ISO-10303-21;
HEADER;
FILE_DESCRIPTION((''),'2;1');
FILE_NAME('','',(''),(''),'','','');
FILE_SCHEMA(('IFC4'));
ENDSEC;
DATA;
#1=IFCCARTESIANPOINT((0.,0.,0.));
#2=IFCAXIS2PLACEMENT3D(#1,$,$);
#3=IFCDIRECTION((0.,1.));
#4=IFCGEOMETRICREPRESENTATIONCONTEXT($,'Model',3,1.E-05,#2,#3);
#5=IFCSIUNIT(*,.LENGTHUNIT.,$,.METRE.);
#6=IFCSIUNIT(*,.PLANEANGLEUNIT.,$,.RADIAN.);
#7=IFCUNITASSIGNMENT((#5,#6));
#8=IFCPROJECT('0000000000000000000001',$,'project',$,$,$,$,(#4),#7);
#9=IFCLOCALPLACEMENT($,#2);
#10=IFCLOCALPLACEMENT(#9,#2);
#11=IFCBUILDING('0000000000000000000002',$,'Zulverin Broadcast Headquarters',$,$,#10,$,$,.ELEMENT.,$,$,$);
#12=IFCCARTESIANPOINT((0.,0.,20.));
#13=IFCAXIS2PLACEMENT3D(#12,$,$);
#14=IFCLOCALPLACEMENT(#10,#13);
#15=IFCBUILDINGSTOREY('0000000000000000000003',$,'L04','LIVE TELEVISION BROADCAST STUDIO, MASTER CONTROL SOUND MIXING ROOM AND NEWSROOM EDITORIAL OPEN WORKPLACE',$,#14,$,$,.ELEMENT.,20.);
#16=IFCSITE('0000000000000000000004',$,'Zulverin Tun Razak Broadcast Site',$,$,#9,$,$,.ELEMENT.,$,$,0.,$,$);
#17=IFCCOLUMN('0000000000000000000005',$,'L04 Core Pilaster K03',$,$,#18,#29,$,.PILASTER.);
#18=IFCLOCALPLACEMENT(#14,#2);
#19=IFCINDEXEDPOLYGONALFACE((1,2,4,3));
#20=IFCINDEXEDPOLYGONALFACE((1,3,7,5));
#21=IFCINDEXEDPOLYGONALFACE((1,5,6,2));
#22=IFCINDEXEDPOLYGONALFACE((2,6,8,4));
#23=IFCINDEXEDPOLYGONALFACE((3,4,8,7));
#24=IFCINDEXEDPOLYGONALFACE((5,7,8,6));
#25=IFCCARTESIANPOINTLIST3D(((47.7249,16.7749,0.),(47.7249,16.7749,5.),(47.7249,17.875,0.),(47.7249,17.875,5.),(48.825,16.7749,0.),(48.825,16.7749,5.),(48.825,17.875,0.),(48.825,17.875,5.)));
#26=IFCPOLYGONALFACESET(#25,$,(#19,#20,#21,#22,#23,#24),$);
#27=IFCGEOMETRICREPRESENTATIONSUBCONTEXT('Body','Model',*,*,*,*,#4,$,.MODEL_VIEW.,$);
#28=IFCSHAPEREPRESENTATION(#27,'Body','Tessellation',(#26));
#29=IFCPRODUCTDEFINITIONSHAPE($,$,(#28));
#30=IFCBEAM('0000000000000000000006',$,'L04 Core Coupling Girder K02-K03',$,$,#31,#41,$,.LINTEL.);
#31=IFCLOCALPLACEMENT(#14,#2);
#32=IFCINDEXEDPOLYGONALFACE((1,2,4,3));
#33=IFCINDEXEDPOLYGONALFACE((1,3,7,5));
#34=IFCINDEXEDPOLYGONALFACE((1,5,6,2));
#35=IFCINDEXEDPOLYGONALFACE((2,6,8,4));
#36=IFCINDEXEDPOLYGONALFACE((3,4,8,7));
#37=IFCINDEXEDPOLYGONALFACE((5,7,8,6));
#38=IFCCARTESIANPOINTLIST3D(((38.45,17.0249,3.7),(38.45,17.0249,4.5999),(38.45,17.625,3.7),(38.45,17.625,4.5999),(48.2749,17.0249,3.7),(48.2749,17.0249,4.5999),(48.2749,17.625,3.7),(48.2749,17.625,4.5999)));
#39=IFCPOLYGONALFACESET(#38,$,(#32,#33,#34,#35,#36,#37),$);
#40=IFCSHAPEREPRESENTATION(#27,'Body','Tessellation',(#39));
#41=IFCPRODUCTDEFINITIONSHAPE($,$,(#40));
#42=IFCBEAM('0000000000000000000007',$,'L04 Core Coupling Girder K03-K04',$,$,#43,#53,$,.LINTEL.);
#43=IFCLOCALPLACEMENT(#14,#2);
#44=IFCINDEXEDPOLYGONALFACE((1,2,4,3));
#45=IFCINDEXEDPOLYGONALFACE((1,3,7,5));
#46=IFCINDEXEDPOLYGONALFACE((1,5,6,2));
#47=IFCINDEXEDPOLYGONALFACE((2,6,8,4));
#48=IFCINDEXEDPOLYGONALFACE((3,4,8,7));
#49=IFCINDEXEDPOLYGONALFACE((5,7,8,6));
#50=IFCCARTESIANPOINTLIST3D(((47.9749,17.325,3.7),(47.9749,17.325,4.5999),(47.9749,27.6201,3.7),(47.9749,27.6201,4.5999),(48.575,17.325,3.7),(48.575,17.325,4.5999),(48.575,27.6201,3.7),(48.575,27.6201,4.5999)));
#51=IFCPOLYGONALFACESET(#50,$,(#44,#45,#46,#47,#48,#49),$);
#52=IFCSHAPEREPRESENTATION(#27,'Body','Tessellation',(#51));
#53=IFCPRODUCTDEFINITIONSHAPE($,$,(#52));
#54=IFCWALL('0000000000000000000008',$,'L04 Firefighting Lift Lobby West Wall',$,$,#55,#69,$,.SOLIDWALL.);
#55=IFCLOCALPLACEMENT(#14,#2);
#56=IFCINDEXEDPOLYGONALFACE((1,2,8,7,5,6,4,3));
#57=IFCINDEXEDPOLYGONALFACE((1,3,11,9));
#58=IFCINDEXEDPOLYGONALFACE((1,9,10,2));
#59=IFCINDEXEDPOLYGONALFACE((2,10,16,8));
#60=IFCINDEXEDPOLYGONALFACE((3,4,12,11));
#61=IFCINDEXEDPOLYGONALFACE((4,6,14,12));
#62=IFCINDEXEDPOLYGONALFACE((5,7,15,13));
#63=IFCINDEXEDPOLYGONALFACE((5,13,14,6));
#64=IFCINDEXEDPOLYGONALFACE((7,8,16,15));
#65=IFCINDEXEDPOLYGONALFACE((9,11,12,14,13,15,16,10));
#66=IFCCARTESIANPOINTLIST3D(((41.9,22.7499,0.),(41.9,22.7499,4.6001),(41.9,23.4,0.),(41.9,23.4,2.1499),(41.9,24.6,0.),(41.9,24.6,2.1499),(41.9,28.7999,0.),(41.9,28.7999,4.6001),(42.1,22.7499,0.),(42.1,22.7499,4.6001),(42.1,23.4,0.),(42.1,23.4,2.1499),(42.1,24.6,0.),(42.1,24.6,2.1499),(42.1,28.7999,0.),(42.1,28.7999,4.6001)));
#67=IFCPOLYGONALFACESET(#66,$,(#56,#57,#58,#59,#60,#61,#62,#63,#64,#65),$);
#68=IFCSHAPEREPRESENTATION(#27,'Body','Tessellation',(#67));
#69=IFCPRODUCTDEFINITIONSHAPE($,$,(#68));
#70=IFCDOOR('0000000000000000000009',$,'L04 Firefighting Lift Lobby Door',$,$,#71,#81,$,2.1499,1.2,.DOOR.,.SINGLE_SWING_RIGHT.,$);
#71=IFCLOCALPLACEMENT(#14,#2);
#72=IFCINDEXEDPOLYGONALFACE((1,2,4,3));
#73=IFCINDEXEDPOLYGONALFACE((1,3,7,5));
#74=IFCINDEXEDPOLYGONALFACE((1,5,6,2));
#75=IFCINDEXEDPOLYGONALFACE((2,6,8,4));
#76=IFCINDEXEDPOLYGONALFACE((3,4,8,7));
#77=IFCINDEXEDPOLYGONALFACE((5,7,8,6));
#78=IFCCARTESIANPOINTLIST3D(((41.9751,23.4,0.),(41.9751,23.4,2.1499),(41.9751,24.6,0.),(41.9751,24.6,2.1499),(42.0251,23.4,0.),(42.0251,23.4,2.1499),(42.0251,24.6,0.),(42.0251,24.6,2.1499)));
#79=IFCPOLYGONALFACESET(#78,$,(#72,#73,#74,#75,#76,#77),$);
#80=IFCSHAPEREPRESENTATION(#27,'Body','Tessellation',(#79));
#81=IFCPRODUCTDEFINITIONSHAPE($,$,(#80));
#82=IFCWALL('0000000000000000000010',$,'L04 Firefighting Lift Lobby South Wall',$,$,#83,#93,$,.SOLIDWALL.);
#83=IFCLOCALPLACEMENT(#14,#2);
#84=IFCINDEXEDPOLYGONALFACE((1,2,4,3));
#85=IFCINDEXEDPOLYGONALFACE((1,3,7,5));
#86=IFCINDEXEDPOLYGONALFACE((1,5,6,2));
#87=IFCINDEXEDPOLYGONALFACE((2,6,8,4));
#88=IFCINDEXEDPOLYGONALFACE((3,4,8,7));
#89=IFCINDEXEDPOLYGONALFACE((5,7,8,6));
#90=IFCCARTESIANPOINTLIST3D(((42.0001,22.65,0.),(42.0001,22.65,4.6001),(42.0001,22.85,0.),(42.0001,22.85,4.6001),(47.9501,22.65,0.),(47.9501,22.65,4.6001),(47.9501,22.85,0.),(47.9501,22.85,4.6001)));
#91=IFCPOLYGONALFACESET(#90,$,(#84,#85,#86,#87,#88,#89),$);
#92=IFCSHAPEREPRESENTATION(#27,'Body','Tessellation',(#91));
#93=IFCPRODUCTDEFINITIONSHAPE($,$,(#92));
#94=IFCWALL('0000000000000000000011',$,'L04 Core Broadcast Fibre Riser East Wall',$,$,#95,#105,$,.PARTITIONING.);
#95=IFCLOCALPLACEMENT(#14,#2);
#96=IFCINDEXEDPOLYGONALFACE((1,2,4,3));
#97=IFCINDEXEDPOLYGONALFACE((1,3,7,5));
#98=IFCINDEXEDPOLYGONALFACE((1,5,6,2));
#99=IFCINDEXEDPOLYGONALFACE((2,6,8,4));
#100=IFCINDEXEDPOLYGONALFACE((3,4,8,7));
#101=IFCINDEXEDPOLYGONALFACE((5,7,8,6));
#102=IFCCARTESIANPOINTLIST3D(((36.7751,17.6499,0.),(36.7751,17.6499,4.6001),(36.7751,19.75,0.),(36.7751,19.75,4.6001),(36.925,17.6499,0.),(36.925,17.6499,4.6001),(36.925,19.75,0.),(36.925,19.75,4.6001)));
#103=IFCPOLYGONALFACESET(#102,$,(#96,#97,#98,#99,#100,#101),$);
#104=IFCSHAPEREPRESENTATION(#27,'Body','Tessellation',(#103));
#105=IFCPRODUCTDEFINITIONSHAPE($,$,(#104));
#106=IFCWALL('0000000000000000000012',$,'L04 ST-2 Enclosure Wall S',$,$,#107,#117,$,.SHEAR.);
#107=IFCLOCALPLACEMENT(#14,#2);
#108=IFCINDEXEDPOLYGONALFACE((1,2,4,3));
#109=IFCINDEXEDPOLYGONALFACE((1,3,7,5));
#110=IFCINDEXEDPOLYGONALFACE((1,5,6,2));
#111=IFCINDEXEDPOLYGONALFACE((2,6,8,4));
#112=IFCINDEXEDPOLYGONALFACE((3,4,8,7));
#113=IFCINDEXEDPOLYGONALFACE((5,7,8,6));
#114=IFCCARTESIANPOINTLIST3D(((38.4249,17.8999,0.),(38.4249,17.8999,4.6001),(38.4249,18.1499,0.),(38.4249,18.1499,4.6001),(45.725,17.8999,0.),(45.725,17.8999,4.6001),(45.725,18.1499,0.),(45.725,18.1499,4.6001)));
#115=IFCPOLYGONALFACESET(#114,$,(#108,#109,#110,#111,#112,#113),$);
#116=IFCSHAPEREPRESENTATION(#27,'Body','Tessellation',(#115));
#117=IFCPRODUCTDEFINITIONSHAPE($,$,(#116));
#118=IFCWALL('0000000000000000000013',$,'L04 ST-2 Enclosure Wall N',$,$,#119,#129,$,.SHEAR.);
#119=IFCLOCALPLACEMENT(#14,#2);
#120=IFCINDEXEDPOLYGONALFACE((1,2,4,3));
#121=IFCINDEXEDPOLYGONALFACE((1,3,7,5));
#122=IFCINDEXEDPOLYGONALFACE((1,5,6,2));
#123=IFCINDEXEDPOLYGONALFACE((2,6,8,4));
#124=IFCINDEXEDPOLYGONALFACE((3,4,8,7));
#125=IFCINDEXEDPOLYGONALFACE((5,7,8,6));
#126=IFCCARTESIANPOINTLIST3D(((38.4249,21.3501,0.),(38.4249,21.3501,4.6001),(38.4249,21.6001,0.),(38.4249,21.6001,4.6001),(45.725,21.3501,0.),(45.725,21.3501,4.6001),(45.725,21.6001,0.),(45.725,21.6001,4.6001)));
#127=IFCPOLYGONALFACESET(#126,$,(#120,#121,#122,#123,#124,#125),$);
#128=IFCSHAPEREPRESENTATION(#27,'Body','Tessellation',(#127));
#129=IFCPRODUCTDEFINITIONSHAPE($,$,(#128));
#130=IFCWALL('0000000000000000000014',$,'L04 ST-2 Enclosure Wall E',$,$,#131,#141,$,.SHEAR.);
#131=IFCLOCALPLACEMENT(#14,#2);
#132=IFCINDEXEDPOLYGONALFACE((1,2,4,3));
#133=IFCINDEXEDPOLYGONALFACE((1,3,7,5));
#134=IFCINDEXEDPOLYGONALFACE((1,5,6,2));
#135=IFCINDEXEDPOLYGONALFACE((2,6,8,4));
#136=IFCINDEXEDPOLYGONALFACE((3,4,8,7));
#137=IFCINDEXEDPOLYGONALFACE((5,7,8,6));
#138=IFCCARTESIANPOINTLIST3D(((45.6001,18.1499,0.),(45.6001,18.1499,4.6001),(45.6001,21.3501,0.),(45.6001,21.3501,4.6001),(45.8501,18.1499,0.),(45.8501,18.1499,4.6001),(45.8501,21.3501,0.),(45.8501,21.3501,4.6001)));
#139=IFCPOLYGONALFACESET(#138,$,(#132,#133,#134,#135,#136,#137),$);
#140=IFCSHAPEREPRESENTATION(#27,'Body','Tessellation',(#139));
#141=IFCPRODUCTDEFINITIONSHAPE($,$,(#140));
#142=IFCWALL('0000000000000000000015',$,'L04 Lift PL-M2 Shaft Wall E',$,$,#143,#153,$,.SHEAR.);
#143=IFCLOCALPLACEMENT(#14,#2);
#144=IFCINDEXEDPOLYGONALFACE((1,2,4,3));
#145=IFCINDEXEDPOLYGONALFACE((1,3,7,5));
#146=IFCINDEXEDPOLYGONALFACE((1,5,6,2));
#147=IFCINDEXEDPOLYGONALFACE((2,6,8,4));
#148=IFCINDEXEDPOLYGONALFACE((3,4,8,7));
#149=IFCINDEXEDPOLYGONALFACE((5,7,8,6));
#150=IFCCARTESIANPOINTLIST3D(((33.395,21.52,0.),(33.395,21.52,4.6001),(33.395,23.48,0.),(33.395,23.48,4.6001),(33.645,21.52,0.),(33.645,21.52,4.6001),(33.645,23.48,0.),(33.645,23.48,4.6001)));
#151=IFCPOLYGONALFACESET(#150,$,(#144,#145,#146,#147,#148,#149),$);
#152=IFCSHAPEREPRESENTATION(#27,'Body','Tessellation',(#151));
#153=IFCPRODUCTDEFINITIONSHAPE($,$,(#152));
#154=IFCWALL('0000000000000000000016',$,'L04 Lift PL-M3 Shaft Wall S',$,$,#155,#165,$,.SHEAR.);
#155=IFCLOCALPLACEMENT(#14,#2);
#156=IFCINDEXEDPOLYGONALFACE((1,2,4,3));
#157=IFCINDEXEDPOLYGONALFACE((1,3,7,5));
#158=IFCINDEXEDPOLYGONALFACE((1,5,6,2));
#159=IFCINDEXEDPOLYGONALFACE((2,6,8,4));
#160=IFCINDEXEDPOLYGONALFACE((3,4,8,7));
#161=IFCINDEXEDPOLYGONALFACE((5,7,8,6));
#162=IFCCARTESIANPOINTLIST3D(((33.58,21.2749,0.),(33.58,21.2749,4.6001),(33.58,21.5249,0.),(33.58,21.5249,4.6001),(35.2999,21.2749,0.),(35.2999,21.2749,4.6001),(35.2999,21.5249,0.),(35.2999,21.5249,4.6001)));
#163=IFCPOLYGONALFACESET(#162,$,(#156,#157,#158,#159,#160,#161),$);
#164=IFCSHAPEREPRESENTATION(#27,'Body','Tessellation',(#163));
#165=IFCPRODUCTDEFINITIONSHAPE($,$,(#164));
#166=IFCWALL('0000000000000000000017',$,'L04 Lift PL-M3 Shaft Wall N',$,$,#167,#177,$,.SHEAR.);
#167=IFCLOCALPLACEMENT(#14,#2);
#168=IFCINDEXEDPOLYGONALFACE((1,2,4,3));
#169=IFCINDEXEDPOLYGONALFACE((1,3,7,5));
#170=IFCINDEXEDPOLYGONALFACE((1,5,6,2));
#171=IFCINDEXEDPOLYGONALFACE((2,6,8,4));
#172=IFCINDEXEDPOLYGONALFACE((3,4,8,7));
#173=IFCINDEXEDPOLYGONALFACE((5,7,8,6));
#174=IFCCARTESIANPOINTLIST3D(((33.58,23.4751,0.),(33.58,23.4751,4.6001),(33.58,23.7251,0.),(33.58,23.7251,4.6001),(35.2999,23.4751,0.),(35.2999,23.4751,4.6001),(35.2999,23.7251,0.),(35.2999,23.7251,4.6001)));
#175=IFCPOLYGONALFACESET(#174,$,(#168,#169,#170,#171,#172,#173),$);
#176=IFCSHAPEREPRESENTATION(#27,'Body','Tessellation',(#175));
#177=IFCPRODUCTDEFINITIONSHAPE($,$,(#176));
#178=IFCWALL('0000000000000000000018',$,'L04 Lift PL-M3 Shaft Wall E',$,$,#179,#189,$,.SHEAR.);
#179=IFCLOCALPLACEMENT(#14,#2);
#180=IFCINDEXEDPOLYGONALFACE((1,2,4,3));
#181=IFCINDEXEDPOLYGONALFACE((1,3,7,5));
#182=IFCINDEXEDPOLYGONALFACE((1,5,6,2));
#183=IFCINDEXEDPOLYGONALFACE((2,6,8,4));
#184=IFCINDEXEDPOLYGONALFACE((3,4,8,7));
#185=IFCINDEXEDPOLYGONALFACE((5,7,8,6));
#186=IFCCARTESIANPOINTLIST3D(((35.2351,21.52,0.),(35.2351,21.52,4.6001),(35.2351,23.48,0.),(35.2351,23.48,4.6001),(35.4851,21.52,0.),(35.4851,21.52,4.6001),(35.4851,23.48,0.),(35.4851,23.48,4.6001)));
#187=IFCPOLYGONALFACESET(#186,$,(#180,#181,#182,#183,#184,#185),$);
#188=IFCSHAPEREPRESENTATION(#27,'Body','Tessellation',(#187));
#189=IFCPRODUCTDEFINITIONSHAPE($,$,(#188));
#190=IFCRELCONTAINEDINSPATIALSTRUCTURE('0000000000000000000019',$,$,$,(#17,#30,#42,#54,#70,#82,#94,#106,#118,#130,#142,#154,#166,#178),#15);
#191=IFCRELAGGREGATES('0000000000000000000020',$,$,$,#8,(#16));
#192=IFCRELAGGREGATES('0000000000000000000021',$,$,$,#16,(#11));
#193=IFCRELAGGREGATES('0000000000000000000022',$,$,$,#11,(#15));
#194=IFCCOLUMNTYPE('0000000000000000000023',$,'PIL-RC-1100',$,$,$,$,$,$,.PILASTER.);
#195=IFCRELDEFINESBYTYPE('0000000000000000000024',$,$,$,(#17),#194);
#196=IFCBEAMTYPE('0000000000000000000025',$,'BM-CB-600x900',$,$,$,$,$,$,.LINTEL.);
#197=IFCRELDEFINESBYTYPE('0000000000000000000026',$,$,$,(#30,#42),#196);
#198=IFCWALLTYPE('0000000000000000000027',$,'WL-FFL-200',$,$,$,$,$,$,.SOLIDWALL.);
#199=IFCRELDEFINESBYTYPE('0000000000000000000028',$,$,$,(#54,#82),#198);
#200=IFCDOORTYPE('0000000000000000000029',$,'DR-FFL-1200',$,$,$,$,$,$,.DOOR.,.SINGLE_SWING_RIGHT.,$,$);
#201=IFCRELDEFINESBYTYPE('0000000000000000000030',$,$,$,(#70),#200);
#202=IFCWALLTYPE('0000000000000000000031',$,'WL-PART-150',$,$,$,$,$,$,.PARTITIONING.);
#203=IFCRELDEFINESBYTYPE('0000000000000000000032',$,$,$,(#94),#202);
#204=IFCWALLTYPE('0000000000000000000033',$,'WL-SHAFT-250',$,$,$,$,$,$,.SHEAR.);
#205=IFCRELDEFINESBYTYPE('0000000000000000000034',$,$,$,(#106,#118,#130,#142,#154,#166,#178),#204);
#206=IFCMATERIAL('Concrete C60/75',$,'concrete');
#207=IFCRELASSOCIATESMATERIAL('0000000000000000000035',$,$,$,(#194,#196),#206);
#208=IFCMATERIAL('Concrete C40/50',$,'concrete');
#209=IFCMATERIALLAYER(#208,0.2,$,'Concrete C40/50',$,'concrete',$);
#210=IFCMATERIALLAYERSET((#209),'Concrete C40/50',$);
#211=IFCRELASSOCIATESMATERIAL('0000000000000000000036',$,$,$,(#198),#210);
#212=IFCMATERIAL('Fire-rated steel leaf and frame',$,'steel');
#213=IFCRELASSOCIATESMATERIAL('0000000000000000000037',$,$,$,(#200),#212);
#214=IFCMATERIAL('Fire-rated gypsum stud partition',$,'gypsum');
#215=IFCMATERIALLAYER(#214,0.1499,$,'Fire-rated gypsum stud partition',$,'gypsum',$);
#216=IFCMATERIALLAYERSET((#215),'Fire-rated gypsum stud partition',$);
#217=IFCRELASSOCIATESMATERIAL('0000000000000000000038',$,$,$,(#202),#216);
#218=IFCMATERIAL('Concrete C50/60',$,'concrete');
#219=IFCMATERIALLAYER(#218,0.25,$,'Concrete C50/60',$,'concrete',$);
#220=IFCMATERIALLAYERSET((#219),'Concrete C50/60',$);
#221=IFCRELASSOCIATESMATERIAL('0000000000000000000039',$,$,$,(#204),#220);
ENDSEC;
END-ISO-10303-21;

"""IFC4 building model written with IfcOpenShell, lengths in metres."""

from ifc_helpers import new_model, si_unit, direction, frame, frame_2d, origin, origin_2d, place, context, subcontext, project, spatial, rectangle, extrude, material, layer, layer_set, material_profile, profile_set, type_object, element, fill, save


model = new_model("IFC4")

# Units and contexts
model_context = context("Model", 3, precision=1e-05, world=origin(), true_north=direction((0.0, 1.0)))
body_context = subcontext(model_context, "Body", "Model", "MODEL_VIEW")
ifc_project = project(units=[si_unit("LENGTHUNIT", "METRE"), si_unit("PLANEANGLEUNIT", "RADIAN")], contexts=[model_context])

# Site, building, storey
site_placement = place(None, origin())
site = spatial("IfcSite", under=ifc_project, at=site_placement, Name="Zulverin Tun Razak Broadcast Site", CompositionType="ELEMENT", RefElevation=0.0)
building_placement = place(site_placement, origin())
building = spatial("IfcBuilding", under=site, at=building_placement, Name="Zulverin Broadcast Headquarters", CompositionType="ELEMENT")
storey_placement = place(building_placement, frame((0.0, 0.0, 20.0)))
storey = spatial("IfcBuildingStorey", under=building, at=storey_placement, Name="L04", Description="LIVE TELEVISION BROADCAST STUDIO, MASTER CONTROL SOUND MIXING ROOM AND NEWSROOM EDITORIAL OPEN WORKPLACE", CompositionType="ELEMENT", Elevation=20.0)

# Column
ifc_material_1 = material(Name="Concrete C60/75", Category="concrete")
ifc_material_profile_1 = material_profile(ifc_material_1, rectangle(XDim=1.1001, YDim=1.1001, at=origin_2d()), Name="Concrete C60/75", Category="concrete")
ifc_profile_set_1 = profile_set([ifc_material_profile_1], Name="Concrete C60/75")
column_type = type_object("IfcColumnType", Name="PIL-RC-1100", PredefinedType="PILASTER", material=ifc_profile_set_1)
column_placement = place(storey_placement, frame((48.2749, 17.325, 0.0), z_axis=(0.0, 0.0, 1.0), x_axis=(1.0, 0.0, 0.0)))
element("IfcColumn", 1, at=column_placement, inside=storey, type_object=column_type, Name="L04 Core Pilaster K03", PredefinedType="PILASTER", context=body_context, shape_type="SweptSolid", body=[
    extrude(rectangle(XDim=1.1001, YDim=1.1001, at=origin_2d()), origin(), (0.0, 0.0, 1.0), 5.0),
])

# Beams
ifc_material_profile_2 = material_profile(ifc_material_1, rectangle(XDim=0.6001, YDim=0.8999, at=origin_2d()), Name="Concrete C60/75", Category="concrete")
ifc_profile_set_2 = profile_set([ifc_material_profile_2], Name="Concrete C60/75")
beam_type = type_object("IfcBeamType", Name="BM-CB-600x900", PredefinedType="LINTEL", material=ifc_profile_set_2)
beam_1_placement = place(storey_placement, frame((38.45, 17.325, 4.1499), z_axis=(1.0, 0.0, 0.0), x_axis=(0.0, 1.0, 0.0)))
element("IfcBeam", 2, at=beam_1_placement, inside=storey, type_object=beam_type, Name="L04 Core Coupling Girder K02-K03", PredefinedType="LINTEL", context=body_context, shape_type="SweptSolid", body=[
    extrude(rectangle(XDim=0.6001, YDim=0.8999, at=origin_2d()), origin(), (0.0, 0.0, 1.0), 9.825),
])
beam_2_placement = place(storey_placement, frame((48.2749, 17.325, 4.1499), z_axis=(0.0, 1.0, 0.0), x_axis=(-1.0, 0.0, 0.0)))
element("IfcBeam", 3, at=beam_2_placement, inside=storey, type_object=beam_type, Name="L04 Core Coupling Girder K03-K04", PredefinedType="LINTEL", context=body_context, shape_type="SweptSolid", body=[
    extrude(rectangle(XDim=0.6001, YDim=0.8999, at=origin_2d()), origin(), (0.0, 0.0, 1.0), 10.2952),
])

# Wall, opening, door
ifc_material_2 = material(Name="Concrete C40/50", Category="concrete")
ifc_layer_1 = layer(ifc_material_2, 0.2, Name="Concrete C40/50", Category="concrete")
ifc_layer_set_1 = layer_set([ifc_layer_1], Name="Concrete C40/50")
wall_type_1 = type_object("IfcWallType", Name="WL-FFL-200", PredefinedType="SOLIDWALL", material=ifc_layer_set_1)
wall_1_placement = place(storey_placement, frame((42.0, 22.75, 0.0), z_axis=(0.0, 0.0, 1.0), x_axis=(0.0, 1.0, 0.0)))
wall_1 = element("IfcWall", 4, at=wall_1_placement, inside=storey, type_object=wall_type_1, Name="L04 Firefighting Lift Lobby West Wall", PredefinedType="SOLIDWALL", context=body_context, shape_type="SweptSolid", body=[
    extrude(rectangle(XDim=6.05, YDim=0.2, at=frame_2d((3.0249, 0.0))), origin(), (0.0, 0.0, 1.0), 4.6001),
])
opening_1_placement = place(wall_1_placement, frame((0.6499, 0.0, 0.0)))
opening_1 = element("IfcOpeningElement", 5, at=opening_1_placement, cuts=wall_1, PredefinedType="OPENING", context=body_context, shape_type="SweptSolid", body=[
    extrude(rectangle(XDim=1.2, YDim=2.1499, at=frame_2d((0.6001, 1.075))), frame((0.0, 0.1099, 0.0), z_axis=(0.0, -1.0, 0.0), x_axis=(1.0, 0.0, 0.0)), (0.0, 0.0, 1.0), 0.22),
])
ifc_material_3 = material(Name="Fire-rated steel leaf and frame", Category="steel")
door_type_1 = type_object("IfcDoorType", Name="DR-FFL-1200", OperationType="SINGLE_SWING_RIGHT", PredefinedType="DOOR", material=ifc_material_3)
door_1_placement = place(opening_1_placement, origin())
door_1 = element("IfcDoor", 6, at=door_1_placement, inside=storey, type_object=door_type_1, Name="L04 Firefighting Lift Lobby Door", OperationType="SINGLE_SWING_RIGHT", OverallHeight=2.1499, OverallWidth=1.2, PredefinedType="DOOR", context=body_context, shape_type="SweptSolid", body=[
    extrude(rectangle(XDim=1.2, YDim=2.1499, at=frame_2d((0.6001, 1.075))), frame((0.0, 0.0249, 0.0), z_axis=(0.0, -1.0, 0.0), x_axis=(1.0, 0.0, 0.0)), (0.0, 0.0, 1.0), 0.05),
])
fill(opening_1, door_1)

# Wall
wall_2_placement = place(storey_placement, frame((42.0, 22.75, 0.0), z_axis=(0.0, 0.0, 1.0), x_axis=(1.0, 0.0, 0.0)))
element("IfcWall", 7, at=wall_2_placement, inside=storey, type_object=wall_type_1, Name="L04 Firefighting Lift Lobby South Wall", PredefinedType="SOLIDWALL", context=body_context, shape_type="SweptSolid", body=[
    extrude(rectangle(XDim=5.95, YDim=0.2, at=frame_2d((2.9751, 0.0))), origin(), (0.0, 0.0, 1.0), 4.6001),
])

# Walls
ifc_material_4 = material(Name="Fire-rated gypsum stud partition", Category="gypsum")
ifc_layer_2 = layer(ifc_material_4, 0.1499, Name="Fire-rated gypsum stud partition", Category="gypsum")
ifc_layer_set_2 = layer_set([ifc_layer_2], Name="Fire-rated gypsum stud partition")
wall_type_2 = type_object("IfcWallType", Name="WL-PART-150", PredefinedType="PARTITIONING", material=ifc_layer_set_2)
wall_3_placement = place(storey_placement, frame((36.8501, 17.6499, 0.0), z_axis=(0.0, 0.0, 1.0), x_axis=(0.0, 1.0, 0.0)))
element("IfcWall", 8, at=wall_3_placement, inside=storey, type_object=wall_type_2, Name="L04 Core Broadcast Fibre Riser East Wall", PredefinedType="PARTITIONING", context=body_context, shape_type="SweptSolid", body=[
    extrude(rectangle(XDim=2.1001, YDim=0.1499, at=frame_2d((1.05, 0.0))), origin(), (0.0, 0.0, 1.0), 4.6001),
])
ifc_material_5 = material(Name="Concrete C50/60", Category="concrete")
ifc_layer_3 = layer(ifc_material_5, 0.25, Name="Concrete C50/60", Category="concrete")
ifc_layer_set_3 = layer_set([ifc_layer_3], Name="Concrete C50/60")
wall_type_3 = type_object("IfcWallType", Name="WL-SHAFT-250", PredefinedType="SHEAR", material=ifc_layer_set_3)
for number, where, z_axis, x_axis, name in (
    (9, (38.425, 18.0249, 0.0), (0.0, 0.0, 1.0), (1.0, 0.0, 0.0), "L04 ST-2 Enclosure Wall S"),
    (10, (38.425, 21.4751, 0.0), (0.0, 0.0, 1.0), (1.0, 0.0, 0.0), "L04 ST-2 Enclosure Wall N"),
):
    element("IfcWall", number, at=place(storey_placement, frame(where, z_axis=z_axis, x_axis=x_axis)), inside=storey, type_object=wall_type_3, Name=name, PredefinedType="SHEAR", context=body_context, shape_type="SweptSolid", body=[
        extrude(rectangle(XDim=7.3, YDim=0.25, at=frame_2d((3.6499, 0.0))), origin(), (0.0, 0.0, 1.0), 4.6001),
    ])

# Walls
wall_4_placement = place(storey_placement, frame((45.7251, 18.1499, 0.0), z_axis=(0.0, 0.0, 1.0), x_axis=(0.0, 1.0, 0.0)))
element("IfcWall", 11, at=wall_4_placement, inside=storey, type_object=wall_type_3, Name="L04 ST-2 Enclosure Wall E", PredefinedType="SHEAR", context=body_context, shape_type="SweptSolid", body=[
    extrude(rectangle(XDim=3.2002, YDim=0.25, at=frame_2d((1.6001, 0.0))), origin(), (0.0, 0.0, 1.0), 4.6001),
])
wall_5_placement = place(storey_placement, frame((33.52, 21.52, 0.0), z_axis=(0.0, 0.0, 1.0), x_axis=(0.0, 1.0, 0.0)))
element("IfcWall", 12, at=wall_5_placement, inside=storey, type_object=wall_type_3, Name="L04 Lift PL-M2 Shaft Wall E", PredefinedType="SHEAR", context=body_context, shape_type="SweptSolid", body=[
    extrude(rectangle(XDim=1.96, YDim=0.25, at=frame_2d((0.98, 0.0))), origin(), (0.0, 0.0, 1.0), 4.6001),
])
for number, where, z_axis, x_axis, name in (
    (13, (33.5801, 21.3999, 0.0), (0.0, 0.0, 1.0), (1.0, 0.0, 0.0), "L04 Lift PL-M3 Shaft Wall S"),
    (14, (33.5801, 23.6001, 0.0), (0.0, 0.0, 1.0), (1.0, 0.0, 0.0), "L04 Lift PL-M3 Shaft Wall N"),
):
    element("IfcWall", number, at=place(storey_placement, frame(where, z_axis=z_axis, x_axis=x_axis)), inside=storey, type_object=wall_type_3, Name=name, PredefinedType="SHEAR", context=body_context, shape_type="SweptSolid", body=[
        extrude(rectangle(XDim=1.72, YDim=0.25, at=frame_2d((0.8599, 0.0))), origin(), (0.0, 0.0, 1.0), 4.6001),
    ])
wall_6_placement = place(storey_placement, frame((35.3601, 21.52, 0.0), z_axis=(0.0, 0.0, 1.0), x_axis=(0.0, 1.0, 0.0)))
element("IfcWall", 15, at=wall_6_placement, inside=storey, type_object=wall_type_3, Name="L04 Lift PL-M3 Shaft Wall E", PredefinedType="SHEAR", context=body_context, shape_type="SweptSolid", body=[
    extrude(rectangle(XDim=1.96, YDim=0.25, at=frame_2d((0.98, 0.0))), origin(), (0.0, 0.0, 1.0), 4.6001),
])

save(model, "model.ifc")
